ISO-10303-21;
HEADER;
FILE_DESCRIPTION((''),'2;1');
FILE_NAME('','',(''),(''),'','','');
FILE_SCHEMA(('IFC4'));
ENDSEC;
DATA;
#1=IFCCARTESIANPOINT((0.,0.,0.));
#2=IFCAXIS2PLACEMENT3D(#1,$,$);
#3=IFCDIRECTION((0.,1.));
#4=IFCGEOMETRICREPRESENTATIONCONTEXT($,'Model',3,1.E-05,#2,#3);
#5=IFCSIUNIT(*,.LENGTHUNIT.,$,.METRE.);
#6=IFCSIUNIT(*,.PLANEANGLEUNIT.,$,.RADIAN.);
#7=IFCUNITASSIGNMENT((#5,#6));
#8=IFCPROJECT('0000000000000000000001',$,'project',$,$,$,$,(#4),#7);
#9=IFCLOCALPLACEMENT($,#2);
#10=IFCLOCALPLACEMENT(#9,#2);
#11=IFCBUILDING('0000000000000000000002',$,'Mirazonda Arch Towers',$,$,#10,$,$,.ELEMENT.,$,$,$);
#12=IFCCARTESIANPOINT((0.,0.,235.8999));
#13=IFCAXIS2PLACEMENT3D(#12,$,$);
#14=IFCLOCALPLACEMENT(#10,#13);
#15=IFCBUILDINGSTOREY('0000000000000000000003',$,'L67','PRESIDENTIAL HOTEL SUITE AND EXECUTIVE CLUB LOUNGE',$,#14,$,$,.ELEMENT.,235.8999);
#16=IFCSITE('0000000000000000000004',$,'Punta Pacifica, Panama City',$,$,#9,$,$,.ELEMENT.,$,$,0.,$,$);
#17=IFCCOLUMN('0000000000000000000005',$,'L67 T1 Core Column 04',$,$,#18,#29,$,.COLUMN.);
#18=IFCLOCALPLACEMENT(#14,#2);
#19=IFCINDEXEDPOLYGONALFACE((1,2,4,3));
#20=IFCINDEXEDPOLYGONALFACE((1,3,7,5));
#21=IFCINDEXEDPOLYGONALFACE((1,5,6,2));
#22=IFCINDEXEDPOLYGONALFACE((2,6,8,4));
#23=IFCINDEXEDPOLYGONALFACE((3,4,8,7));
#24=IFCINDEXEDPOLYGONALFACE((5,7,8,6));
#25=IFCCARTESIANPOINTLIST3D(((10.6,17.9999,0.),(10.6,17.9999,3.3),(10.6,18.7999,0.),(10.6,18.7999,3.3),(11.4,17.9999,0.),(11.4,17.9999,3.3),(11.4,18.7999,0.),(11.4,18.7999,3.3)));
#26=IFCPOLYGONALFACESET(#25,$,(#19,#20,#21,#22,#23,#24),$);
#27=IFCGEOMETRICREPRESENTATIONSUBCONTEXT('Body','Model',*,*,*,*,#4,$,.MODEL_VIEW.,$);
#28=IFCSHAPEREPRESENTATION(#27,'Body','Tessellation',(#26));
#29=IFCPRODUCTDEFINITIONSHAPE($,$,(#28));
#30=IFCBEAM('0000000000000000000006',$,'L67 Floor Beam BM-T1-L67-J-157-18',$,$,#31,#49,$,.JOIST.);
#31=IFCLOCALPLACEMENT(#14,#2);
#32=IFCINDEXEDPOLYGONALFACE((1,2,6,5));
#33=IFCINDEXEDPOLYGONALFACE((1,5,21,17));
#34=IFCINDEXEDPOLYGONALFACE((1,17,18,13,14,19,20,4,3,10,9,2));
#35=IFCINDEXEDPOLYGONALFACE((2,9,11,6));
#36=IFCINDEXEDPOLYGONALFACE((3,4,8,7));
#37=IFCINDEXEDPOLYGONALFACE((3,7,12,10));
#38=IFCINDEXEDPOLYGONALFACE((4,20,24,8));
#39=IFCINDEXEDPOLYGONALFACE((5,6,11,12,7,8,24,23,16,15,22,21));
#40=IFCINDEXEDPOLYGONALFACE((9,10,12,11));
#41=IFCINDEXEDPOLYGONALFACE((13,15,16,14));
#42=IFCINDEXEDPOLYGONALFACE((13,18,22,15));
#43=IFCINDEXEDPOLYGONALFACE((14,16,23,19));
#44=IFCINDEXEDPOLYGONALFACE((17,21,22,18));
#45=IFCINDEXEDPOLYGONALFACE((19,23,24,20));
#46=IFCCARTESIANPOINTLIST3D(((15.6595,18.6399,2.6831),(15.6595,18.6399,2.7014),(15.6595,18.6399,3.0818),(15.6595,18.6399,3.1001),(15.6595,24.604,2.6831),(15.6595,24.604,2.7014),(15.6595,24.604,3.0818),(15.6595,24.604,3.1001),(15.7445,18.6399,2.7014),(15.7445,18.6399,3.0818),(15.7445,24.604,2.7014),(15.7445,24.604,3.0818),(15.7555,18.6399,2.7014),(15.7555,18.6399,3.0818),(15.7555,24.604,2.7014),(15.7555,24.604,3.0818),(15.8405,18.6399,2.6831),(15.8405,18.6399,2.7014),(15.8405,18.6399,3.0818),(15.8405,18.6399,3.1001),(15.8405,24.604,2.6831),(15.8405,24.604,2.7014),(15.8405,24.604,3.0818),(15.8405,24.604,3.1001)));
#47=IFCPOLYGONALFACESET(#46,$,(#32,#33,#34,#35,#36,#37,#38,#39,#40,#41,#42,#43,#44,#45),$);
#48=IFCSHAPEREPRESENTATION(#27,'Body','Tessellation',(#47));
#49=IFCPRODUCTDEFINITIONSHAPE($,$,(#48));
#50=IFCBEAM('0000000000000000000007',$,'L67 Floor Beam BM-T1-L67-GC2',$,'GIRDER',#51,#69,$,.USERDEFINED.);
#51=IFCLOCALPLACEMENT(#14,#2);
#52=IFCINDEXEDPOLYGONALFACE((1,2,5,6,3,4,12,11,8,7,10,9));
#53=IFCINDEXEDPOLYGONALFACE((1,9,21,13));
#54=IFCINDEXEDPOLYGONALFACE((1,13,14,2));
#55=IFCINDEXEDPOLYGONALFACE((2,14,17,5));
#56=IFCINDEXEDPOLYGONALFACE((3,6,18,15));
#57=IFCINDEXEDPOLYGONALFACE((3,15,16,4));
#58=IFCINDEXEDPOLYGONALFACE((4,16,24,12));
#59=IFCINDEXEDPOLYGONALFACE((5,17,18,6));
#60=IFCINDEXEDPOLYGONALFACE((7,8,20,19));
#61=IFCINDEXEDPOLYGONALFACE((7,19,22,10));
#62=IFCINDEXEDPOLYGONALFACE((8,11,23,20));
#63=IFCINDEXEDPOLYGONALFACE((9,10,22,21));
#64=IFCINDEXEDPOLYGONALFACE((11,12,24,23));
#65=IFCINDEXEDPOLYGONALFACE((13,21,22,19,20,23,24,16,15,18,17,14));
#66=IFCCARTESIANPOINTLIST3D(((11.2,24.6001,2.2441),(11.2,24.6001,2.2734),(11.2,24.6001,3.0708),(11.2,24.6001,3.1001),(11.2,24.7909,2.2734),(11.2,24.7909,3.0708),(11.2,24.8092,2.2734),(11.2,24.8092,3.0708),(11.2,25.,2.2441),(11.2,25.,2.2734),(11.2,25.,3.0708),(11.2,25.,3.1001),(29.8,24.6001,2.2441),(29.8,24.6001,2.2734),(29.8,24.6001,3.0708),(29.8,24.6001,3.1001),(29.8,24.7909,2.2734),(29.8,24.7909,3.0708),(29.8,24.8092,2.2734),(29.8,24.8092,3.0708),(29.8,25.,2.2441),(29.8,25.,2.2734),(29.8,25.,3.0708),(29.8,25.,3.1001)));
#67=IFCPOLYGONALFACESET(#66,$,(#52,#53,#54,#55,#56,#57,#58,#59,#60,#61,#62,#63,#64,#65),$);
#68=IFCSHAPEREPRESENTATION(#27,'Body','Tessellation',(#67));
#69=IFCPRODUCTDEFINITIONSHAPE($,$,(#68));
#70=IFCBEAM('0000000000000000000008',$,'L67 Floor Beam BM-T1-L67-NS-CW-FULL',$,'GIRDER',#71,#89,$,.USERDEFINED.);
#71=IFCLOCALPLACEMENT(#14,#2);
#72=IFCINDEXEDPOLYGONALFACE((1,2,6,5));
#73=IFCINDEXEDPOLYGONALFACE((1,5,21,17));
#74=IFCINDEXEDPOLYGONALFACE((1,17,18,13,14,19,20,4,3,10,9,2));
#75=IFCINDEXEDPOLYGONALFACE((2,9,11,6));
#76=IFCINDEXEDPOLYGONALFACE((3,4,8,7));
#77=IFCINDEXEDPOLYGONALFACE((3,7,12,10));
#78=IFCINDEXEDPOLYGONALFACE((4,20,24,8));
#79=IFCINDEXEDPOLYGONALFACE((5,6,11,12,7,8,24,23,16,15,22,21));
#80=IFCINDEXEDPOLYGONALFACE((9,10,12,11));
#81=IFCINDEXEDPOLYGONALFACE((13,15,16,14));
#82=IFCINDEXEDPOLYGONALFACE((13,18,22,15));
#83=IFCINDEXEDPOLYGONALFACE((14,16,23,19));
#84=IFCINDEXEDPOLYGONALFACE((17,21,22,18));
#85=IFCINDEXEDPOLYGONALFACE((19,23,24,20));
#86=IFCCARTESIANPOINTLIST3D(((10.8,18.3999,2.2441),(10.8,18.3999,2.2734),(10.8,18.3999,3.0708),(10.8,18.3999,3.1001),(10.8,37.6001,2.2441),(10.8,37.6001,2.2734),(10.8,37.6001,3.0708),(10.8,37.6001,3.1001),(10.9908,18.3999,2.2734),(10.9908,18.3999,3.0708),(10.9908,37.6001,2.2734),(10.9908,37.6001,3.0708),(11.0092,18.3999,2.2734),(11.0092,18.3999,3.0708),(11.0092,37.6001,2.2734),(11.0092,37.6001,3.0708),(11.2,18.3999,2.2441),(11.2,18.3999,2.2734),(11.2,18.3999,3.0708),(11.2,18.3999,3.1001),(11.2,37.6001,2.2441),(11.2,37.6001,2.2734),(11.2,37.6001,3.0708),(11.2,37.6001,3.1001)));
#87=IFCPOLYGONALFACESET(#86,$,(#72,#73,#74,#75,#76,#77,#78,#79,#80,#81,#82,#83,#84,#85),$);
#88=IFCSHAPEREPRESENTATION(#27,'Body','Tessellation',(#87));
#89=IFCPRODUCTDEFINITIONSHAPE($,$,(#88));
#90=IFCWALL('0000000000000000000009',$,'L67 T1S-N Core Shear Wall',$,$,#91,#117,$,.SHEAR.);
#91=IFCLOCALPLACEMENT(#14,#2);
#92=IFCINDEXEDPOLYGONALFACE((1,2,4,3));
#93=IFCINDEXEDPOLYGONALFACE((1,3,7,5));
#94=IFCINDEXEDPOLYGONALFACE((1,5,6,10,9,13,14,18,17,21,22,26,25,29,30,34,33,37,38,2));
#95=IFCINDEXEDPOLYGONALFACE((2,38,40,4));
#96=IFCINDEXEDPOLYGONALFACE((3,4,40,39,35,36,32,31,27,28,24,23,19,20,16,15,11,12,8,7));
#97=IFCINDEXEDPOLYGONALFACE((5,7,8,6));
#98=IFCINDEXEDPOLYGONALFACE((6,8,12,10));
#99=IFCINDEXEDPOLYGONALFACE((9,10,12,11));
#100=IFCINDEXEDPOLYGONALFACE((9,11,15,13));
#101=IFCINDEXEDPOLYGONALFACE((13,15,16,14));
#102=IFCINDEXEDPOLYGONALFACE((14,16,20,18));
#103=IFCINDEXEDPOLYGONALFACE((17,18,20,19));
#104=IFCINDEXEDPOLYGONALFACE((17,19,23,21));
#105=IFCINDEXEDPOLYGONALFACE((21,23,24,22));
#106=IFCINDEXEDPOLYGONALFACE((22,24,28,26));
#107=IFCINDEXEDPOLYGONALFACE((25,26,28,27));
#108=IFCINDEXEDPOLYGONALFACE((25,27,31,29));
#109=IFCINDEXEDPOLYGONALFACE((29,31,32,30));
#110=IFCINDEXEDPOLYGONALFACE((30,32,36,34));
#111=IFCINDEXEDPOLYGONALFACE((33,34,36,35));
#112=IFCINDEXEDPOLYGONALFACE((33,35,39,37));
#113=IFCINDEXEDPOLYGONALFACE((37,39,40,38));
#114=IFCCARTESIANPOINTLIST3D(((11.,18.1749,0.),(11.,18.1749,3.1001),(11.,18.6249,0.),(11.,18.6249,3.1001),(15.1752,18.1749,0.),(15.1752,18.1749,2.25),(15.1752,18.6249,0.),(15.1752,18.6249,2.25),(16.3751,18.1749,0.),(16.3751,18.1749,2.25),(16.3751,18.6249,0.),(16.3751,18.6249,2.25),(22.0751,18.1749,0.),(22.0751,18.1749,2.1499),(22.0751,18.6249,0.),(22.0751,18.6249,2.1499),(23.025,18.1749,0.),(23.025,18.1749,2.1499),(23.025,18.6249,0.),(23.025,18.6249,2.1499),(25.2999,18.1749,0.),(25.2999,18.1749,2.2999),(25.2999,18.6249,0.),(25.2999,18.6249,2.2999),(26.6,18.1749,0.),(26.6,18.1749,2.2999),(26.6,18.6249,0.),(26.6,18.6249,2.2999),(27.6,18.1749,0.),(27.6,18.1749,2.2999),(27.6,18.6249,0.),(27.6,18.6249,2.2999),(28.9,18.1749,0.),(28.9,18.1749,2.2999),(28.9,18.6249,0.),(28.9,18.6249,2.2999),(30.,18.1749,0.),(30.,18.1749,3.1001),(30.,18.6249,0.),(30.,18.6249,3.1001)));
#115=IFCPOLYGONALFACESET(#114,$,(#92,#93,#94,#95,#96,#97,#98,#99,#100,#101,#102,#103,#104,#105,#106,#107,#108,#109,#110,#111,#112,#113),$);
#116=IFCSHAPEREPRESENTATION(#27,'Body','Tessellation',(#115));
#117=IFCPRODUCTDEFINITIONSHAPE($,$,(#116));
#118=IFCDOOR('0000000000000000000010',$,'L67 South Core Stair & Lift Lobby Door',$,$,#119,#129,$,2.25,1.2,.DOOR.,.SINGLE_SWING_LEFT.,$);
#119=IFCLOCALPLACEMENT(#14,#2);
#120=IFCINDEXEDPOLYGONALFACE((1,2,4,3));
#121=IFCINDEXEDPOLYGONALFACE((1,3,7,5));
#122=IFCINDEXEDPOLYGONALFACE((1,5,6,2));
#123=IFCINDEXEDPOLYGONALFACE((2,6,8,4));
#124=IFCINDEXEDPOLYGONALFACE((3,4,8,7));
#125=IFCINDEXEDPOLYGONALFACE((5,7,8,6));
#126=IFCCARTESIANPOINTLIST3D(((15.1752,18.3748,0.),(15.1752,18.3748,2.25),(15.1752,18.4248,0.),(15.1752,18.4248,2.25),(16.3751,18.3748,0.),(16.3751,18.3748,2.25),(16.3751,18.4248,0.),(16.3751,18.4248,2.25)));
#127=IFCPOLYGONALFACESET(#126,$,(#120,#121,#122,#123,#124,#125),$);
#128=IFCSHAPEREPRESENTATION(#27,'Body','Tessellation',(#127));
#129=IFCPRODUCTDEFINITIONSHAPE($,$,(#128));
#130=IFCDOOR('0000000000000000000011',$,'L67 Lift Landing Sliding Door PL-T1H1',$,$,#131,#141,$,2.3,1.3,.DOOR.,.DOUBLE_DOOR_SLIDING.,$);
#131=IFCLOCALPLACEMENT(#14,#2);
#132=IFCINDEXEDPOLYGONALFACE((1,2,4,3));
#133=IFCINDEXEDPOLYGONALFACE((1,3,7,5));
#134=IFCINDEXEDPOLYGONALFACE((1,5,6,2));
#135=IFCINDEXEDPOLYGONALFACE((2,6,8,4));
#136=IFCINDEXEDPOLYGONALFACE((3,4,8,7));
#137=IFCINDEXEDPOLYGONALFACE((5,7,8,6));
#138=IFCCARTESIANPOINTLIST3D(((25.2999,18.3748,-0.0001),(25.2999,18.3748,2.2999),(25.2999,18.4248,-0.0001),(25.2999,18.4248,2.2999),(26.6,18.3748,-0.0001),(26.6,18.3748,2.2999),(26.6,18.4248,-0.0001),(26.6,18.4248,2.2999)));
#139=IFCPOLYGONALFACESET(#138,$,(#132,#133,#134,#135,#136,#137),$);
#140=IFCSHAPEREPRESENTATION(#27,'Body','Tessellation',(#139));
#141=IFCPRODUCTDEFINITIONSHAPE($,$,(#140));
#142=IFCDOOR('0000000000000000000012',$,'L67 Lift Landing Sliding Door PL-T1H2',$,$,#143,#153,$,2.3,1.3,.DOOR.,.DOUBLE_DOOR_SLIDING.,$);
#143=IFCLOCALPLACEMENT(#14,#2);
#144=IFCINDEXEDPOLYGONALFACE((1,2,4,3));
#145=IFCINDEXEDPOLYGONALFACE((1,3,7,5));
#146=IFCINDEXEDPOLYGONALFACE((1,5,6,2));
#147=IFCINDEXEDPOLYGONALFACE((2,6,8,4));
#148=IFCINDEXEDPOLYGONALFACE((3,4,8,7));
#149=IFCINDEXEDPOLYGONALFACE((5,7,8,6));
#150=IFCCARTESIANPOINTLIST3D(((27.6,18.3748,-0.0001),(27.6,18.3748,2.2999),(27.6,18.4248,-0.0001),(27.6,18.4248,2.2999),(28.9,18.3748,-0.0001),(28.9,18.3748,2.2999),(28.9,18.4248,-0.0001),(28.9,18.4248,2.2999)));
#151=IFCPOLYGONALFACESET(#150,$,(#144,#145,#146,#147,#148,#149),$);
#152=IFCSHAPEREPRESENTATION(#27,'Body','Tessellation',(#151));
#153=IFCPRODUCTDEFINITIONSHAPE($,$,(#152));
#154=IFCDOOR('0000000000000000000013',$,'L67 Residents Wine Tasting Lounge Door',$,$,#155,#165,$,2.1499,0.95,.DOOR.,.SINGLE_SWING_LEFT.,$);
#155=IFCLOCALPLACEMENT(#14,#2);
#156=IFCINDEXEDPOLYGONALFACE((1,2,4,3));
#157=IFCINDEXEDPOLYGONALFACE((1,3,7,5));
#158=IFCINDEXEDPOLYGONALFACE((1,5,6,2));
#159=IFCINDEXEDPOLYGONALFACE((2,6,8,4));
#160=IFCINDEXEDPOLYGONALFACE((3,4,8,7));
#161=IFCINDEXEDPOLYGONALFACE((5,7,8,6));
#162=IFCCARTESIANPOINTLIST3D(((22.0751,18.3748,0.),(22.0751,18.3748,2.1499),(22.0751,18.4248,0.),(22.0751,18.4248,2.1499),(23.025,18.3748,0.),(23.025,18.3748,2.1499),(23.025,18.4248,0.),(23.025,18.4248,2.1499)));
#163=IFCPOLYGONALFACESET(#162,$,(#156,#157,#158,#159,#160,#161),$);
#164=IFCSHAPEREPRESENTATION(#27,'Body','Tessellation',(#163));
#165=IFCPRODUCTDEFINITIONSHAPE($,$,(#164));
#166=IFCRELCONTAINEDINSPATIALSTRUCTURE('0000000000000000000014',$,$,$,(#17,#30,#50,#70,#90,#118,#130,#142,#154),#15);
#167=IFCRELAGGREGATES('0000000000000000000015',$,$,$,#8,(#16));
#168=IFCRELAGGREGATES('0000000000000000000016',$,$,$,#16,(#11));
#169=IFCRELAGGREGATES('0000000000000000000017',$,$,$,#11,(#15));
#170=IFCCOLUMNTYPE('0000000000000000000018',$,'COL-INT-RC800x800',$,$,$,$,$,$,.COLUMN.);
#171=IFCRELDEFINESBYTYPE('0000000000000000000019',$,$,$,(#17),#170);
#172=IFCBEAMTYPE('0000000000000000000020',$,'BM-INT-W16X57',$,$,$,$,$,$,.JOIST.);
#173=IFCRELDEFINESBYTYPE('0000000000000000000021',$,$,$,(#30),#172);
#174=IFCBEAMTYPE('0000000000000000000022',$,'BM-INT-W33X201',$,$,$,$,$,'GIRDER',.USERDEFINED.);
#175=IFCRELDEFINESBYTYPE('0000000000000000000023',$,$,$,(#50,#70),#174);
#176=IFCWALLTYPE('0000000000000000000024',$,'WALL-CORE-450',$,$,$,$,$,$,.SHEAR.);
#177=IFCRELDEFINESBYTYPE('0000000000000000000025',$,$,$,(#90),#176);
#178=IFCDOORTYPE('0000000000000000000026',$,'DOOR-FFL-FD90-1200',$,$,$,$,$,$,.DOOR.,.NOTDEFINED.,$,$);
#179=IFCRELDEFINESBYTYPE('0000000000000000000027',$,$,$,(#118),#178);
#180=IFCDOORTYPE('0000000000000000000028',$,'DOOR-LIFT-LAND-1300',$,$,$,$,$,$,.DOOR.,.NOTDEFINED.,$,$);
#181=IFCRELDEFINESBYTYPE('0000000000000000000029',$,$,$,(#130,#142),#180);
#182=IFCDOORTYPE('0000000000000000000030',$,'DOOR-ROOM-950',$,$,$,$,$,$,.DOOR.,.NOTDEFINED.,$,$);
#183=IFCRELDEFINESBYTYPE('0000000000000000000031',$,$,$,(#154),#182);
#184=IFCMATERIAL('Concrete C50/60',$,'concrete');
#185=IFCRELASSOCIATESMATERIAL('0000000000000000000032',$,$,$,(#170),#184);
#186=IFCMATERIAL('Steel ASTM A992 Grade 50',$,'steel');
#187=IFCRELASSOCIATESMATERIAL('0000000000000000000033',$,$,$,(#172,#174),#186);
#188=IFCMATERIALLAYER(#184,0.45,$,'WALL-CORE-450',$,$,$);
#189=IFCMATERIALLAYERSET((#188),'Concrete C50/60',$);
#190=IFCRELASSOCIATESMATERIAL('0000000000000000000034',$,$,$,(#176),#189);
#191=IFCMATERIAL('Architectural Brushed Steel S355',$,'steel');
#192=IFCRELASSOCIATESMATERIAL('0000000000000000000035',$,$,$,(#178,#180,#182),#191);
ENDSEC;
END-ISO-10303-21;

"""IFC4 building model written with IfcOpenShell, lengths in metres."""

from ifc_helpers import new_model, si_unit, direction, frame, frame_2d, origin, origin_2d, place, context, subcontext, project, spatial, rectangle, i_section, extrude, material, layer, layer_set, material_profile, profile_set, type_object, element, fill, save


model = new_model("IFC4")

# Units and contexts
model_context = context("Model", 3, precision=1e-05, world=origin(), true_north=direction((0.0, 1.0)))
body_context = subcontext(model_context, "Body", "Model", "MODEL_VIEW")
ifc_project = project(units=[si_unit("LENGTHUNIT", "METRE"), si_unit("PLANEANGLEUNIT", "RADIAN")], contexts=[model_context])

# Site, building, storey
site_placement = place(None, origin())
site = spatial("IfcSite", under=ifc_project, at=site_placement, Name="Punta Pacifica, Panama City", CompositionType="ELEMENT", RefElevation=0.0)
building_placement = place(site_placement, origin())
building = spatial("IfcBuilding", under=site, at=building_placement, Name="Mirazonda Arch Towers", CompositionType="ELEMENT")
storey_placement = place(building_placement, frame((0.0, 0.0, 235.8999)))
storey = spatial("IfcBuildingStorey", under=building, at=storey_placement, Name="L67", Description="PRESIDENTIAL HOTEL SUITE AND EXECUTIVE CLUB LOUNGE", CompositionType="ELEMENT", Elevation=235.8999)

# Column
ifc_material_1 = material(Name="Concrete C50/60", Category="concrete")
ifc_material_profile_1 = material_profile(ifc_material_1, rectangle(XDim=0.8, YDim=0.8, at=origin_2d()), Name="RC800x800")
ifc_profile_set_1 = profile_set([ifc_material_profile_1], Name="Concrete C50/60")
column_type = type_object("IfcColumnType", Name="COL-INT-RC800x800", PredefinedType="COLUMN", material=ifc_profile_set_1)
column_placement = place(storey_placement, frame((11.0, 18.3999, 0.0), z_axis=(0.0, 0.0, 1.0), x_axis=(1.0, 0.0, 0.0)))
element("IfcColumn", 1, at=column_placement, inside=storey, type_object=column_type, Name="L67 T1 Core Column 04", PredefinedType="COLUMN", context=body_context, shape_type="SweptSolid", body=[
    extrude(rectangle(XDim=0.8, YDim=0.8, at=origin_2d()), origin(), (0.0, 0.0, 1.0), 3.3),
])

# Beams
ifc_material_2 = material(Name="Steel ASTM A992 Grade 50", Category="steel")
ifc_material_profile_2 = material_profile(ifc_material_2, i_section(OverallWidth=0.1809, OverallDepth=0.417, WebThickness=0.011, FlangeThickness=0.0183, at=origin_2d()), Name="W16X57")
ifc_profile_set_2 = profile_set([ifc_material_profile_2], Name="Steel ASTM A992 Grade 50")
beam_type_1 = type_object("IfcBeamType", Name="BM-INT-W16X57", PredefinedType="JOIST", material=ifc_profile_set_2)
beam_1_placement = place(storey_placement, frame((15.75, 18.6399, 2.8916), z_axis=(0.0, 1.0, 0.0), x_axis=(-1.0, 0.0, 0.0)))
element("IfcBeam", 2, at=beam_1_placement, inside=storey, type_object=beam_type_1, Name="L67 Floor Beam BM-T1-L67-J-157-18", PredefinedType="JOIST", context=body_context, shape_type="SweptSolid", body=[
    extrude(i_section(OverallWidth=0.1809, OverallDepth=0.417, WebThickness=0.011, FlangeThickness=0.0183, at=origin_2d()), origin(), (0.0, 0.0, 1.0), 5.9641),
])
ifc_material_profile_3 = material_profile(ifc_material_2, i_section(OverallWidth=0.3999, OverallDepth=0.856, WebThickness=0.0183, FlangeThickness=0.0293, at=origin_2d()), Name="W33X201")
ifc_profile_set_3 = profile_set([ifc_material_profile_3], Name="Steel ASTM A992 Grade 50")
beam_type_2 = type_object("IfcBeamType", Name="BM-INT-W33X201", ElementType="GIRDER", PredefinedType="USERDEFINED", material=ifc_profile_set_3)
beam_2_placement = place(storey_placement, frame((11.2, 24.8, 2.6721), z_axis=(1.0, 0.0, 0.0), x_axis=(0.0, 1.0, 0.0)))
element("IfcBeam", 3, at=beam_2_placement, inside=storey, type_object=beam_type_2, Name="L67 Floor Beam BM-T1-L67-GC2", ObjectType="GIRDER", PredefinedType="USERDEFINED", context=body_context, shape_type="SweptSolid", body=[
    extrude(i_section(OverallWidth=0.3999, OverallDepth=0.856, WebThickness=0.0183, FlangeThickness=0.0293, at=origin_2d()), origin(), (0.0, 0.0, 1.0), 18.6001),
])
beam_3_placement = place(storey_placement, frame((11.0, 18.3999, 2.6721), z_axis=(0.0, 1.0, 0.0), x_axis=(-1.0, 0.0, 0.0)))
element("IfcBeam", 4, at=beam_3_placement, inside=storey, type_object=beam_type_2, Name="L67 Floor Beam BM-T1-L67-NS-CW-FULL", ObjectType="GIRDER", PredefinedType="USERDEFINED", context=body_context, shape_type="SweptSolid", body=[
    extrude(i_section(OverallWidth=0.3999, OverallDepth=0.856, WebThickness=0.0183, FlangeThickness=0.0293, at=origin_2d()), origin(), (0.0, 0.0, 1.0), 19.2002),
])

# Wall, openings, doors
ifc_layer_1 = layer(ifc_material_1, 0.45, Name="WALL-CORE-450")
ifc_layer_set_1 = layer_set([ifc_layer_1], Name="Concrete C50/60")
wall_type_1 = type_object("IfcWallType", Name="WALL-CORE-450", PredefinedType="SHEAR", material=ifc_layer_set_1)
wall_1_placement = place(storey_placement, frame((11.0, 18.3999, 0.0), z_axis=(0.0, 0.0, 1.0), x_axis=(1.0, 0.0, 0.0)))
wall_1 = element("IfcWall", 5, at=wall_1_placement, inside=storey, type_object=wall_type_1, Name="L67 T1S-N Core Shear Wall", PredefinedType="SHEAR", context=body_context, shape_type="SweptSolid", body=[
    extrude(rectangle(XDim=19.0, YDim=0.45, at=frame_2d((9.5, 0.0))), origin(), (0.0, 0.0, 1.0), 3.1001),
])
opening_1_placement = place(wall_1_placement, frame((4.175, 0.0, 0.0)))
opening_1 = element("IfcOpeningElement", 6, at=opening_1_placement, cuts=wall_1, PredefinedType="OPENING", context=body_context, shape_type="SweptSolid", body=[
    extrude(rectangle(XDim=1.2, YDim=2.25, at=frame_2d((0.6001, 1.125))), frame((0.0, 0.2349, 0.0), z_axis=(0.0, -1.0, 0.0), x_axis=(1.0, 0.0, 0.0)), (0.0, 0.0, 1.0), 0.47),
])
opening_2_placement = place(wall_1_placement, frame((11.075, 0.0, 0.0)))
opening_2 = element("IfcOpeningElement", 7, at=opening_2_placement, cuts=wall_1, PredefinedType="OPENING", context=body_context, shape_type="SweptSolid", body=[
    extrude(rectangle(XDim=0.95, YDim=2.1499, at=frame_2d((0.4751, 1.075))), frame((0.0, 0.2349, 0.0), z_axis=(0.0, -1.0, 0.0), x_axis=(1.0, 0.0, 0.0)), (0.0, 0.0, 1.0), 0.47),
])
opening_3_placement = place(wall_1_placement, frame((14.3, 0.0, 0.0)))
opening_3 = element("IfcOpeningElement", 8, at=opening_3_placement, cuts=wall_1, PredefinedType="OPENING", context=body_context, shape_type="SweptSolid", body=[
    extrude(rectangle(XDim=1.3, YDim=2.3, at=frame_2d((0.6499, 1.1499))), frame((0.0, 0.2349, 0.0), z_axis=(0.0, -1.0, 0.0), x_axis=(1.0, 0.0, 0.0)), (0.0, 0.0, 1.0), 0.47),
])
opening_4_placement = place(wall_1_placement, frame((16.6001, 0.0, 0.0)))
opening_4 = element("IfcOpeningElement", 9, at=opening_4_placement, cuts=wall_1, PredefinedType="OPENING", context=body_context, shape_type="SweptSolid", body=[
    extrude(rectangle(XDim=1.3, YDim=2.3, at=frame_2d((0.6499, 1.1499))), frame((0.0, 0.2349, 0.0), z_axis=(0.0, -1.0, 0.0), x_axis=(1.0, 0.0, 0.0)), (0.0, 0.0, 1.0), 0.47),
])
ifc_material_3 = material(Name="Architectural Brushed Steel S355", Category="steel")
door_type_1 = type_object("IfcDoorType", Name="DOOR-FFL-FD90-1200", OperationType="NOTDEFINED", PredefinedType="DOOR", material=ifc_material_3)
door_1_placement = place(opening_1_placement, origin())
door_1 = element("IfcDoor", 10, at=door_1_placement, inside=storey, type_object=door_type_1, Name="L67 South Core Stair & Lift Lobby Door", OperationType="SINGLE_SWING_LEFT", OverallHeight=2.25, OverallWidth=1.2, PredefinedType="DOOR", context=body_context, shape_type="SweptSolid", body=[
    extrude(rectangle(XDim=1.2, YDim=2.25, at=frame_2d((0.6001, 1.125))), frame((0.0, 0.0249, 0.0), z_axis=(0.0, -1.0, 0.0), x_axis=(1.0, 0.0, 0.0)), (0.0, 0.0, 1.0), 0.05),
])
fill(opening_1, door_1)
door_type_2 = type_object("IfcDoorType", Name="DOOR-LIFT-LAND-1300", OperationType="NOTDEFINED", PredefinedType="DOOR", material=ifc_material_3)
door_2_placement = place(opening_3_placement, origin())
door_2 = element("IfcDoor", 11, at=door_2_placement, inside=storey, type_object=door_type_2, Name="L67 Lift Landing Sliding Door PL-T1H1", OperationType="DOUBLE_DOOR_SLIDING", OverallHeight=2.3, OverallWidth=1.3, PredefinedType="DOOR", context=body_context, shape_type="SweptSolid", body=[
    extrude(rectangle(XDim=1.3, YDim=2.3, at=frame_2d((0.6499, 1.1499))), frame((0.0, 0.0249, 0.0), z_axis=(0.0, -1.0, 0.0), x_axis=(1.0, 0.0, 0.0)), (0.0, 0.0, 1.0), 0.05),
])
fill(opening_3, door_2)
door_3_placement = place(opening_4_placement, origin())
door_3 = element("IfcDoor", 12, at=door_3_placement, inside=storey, type_object=door_type_2, Name="L67 Lift Landing Sliding Door PL-T1H2", OperationType="DOUBLE_DOOR_SLIDING", OverallHeight=2.3, OverallWidth=1.3, PredefinedType="DOOR", context=body_context, shape_type="SweptSolid", body=[
    extrude(rectangle(XDim=1.3, YDim=2.3, at=frame_2d((0.6499, 1.1499))), frame((0.0, 0.0249, 0.0), z_axis=(0.0, -1.0, 0.0), x_axis=(1.0, 0.0, 0.0)), (0.0, 0.0, 1.0), 0.05),
])
fill(opening_4, door_3)
door_type_3 = type_object("IfcDoorType", Name="DOOR-ROOM-950", OperationType="NOTDEFINED", PredefinedType="DOOR", material=ifc_material_3)
door_4_placement = place(opening_2_placement, origin())
door_4 = element("IfcDoor", 13, at=door_4_placement, inside=storey, type_object=door_type_3, Name="L67 Residents Wine Tasting Lounge Door", OperationType="SINGLE_SWING_LEFT", OverallHeight=2.1499, OverallWidth=0.95, PredefinedType="DOOR", context=body_context, shape_type="SweptSolid", body=[
    extrude(rectangle(XDim=0.95, YDim=2.1499, at=frame_2d((0.4751, 1.075))), frame((0.0, 0.0249, 0.0), z_axis=(0.0, -1.0, 0.0), x_axis=(1.0, 0.0, 0.0)), (0.0, 0.0, 1.0), 0.05),
])
fill(opening_2, door_4)

save(model, "model.ifc")
